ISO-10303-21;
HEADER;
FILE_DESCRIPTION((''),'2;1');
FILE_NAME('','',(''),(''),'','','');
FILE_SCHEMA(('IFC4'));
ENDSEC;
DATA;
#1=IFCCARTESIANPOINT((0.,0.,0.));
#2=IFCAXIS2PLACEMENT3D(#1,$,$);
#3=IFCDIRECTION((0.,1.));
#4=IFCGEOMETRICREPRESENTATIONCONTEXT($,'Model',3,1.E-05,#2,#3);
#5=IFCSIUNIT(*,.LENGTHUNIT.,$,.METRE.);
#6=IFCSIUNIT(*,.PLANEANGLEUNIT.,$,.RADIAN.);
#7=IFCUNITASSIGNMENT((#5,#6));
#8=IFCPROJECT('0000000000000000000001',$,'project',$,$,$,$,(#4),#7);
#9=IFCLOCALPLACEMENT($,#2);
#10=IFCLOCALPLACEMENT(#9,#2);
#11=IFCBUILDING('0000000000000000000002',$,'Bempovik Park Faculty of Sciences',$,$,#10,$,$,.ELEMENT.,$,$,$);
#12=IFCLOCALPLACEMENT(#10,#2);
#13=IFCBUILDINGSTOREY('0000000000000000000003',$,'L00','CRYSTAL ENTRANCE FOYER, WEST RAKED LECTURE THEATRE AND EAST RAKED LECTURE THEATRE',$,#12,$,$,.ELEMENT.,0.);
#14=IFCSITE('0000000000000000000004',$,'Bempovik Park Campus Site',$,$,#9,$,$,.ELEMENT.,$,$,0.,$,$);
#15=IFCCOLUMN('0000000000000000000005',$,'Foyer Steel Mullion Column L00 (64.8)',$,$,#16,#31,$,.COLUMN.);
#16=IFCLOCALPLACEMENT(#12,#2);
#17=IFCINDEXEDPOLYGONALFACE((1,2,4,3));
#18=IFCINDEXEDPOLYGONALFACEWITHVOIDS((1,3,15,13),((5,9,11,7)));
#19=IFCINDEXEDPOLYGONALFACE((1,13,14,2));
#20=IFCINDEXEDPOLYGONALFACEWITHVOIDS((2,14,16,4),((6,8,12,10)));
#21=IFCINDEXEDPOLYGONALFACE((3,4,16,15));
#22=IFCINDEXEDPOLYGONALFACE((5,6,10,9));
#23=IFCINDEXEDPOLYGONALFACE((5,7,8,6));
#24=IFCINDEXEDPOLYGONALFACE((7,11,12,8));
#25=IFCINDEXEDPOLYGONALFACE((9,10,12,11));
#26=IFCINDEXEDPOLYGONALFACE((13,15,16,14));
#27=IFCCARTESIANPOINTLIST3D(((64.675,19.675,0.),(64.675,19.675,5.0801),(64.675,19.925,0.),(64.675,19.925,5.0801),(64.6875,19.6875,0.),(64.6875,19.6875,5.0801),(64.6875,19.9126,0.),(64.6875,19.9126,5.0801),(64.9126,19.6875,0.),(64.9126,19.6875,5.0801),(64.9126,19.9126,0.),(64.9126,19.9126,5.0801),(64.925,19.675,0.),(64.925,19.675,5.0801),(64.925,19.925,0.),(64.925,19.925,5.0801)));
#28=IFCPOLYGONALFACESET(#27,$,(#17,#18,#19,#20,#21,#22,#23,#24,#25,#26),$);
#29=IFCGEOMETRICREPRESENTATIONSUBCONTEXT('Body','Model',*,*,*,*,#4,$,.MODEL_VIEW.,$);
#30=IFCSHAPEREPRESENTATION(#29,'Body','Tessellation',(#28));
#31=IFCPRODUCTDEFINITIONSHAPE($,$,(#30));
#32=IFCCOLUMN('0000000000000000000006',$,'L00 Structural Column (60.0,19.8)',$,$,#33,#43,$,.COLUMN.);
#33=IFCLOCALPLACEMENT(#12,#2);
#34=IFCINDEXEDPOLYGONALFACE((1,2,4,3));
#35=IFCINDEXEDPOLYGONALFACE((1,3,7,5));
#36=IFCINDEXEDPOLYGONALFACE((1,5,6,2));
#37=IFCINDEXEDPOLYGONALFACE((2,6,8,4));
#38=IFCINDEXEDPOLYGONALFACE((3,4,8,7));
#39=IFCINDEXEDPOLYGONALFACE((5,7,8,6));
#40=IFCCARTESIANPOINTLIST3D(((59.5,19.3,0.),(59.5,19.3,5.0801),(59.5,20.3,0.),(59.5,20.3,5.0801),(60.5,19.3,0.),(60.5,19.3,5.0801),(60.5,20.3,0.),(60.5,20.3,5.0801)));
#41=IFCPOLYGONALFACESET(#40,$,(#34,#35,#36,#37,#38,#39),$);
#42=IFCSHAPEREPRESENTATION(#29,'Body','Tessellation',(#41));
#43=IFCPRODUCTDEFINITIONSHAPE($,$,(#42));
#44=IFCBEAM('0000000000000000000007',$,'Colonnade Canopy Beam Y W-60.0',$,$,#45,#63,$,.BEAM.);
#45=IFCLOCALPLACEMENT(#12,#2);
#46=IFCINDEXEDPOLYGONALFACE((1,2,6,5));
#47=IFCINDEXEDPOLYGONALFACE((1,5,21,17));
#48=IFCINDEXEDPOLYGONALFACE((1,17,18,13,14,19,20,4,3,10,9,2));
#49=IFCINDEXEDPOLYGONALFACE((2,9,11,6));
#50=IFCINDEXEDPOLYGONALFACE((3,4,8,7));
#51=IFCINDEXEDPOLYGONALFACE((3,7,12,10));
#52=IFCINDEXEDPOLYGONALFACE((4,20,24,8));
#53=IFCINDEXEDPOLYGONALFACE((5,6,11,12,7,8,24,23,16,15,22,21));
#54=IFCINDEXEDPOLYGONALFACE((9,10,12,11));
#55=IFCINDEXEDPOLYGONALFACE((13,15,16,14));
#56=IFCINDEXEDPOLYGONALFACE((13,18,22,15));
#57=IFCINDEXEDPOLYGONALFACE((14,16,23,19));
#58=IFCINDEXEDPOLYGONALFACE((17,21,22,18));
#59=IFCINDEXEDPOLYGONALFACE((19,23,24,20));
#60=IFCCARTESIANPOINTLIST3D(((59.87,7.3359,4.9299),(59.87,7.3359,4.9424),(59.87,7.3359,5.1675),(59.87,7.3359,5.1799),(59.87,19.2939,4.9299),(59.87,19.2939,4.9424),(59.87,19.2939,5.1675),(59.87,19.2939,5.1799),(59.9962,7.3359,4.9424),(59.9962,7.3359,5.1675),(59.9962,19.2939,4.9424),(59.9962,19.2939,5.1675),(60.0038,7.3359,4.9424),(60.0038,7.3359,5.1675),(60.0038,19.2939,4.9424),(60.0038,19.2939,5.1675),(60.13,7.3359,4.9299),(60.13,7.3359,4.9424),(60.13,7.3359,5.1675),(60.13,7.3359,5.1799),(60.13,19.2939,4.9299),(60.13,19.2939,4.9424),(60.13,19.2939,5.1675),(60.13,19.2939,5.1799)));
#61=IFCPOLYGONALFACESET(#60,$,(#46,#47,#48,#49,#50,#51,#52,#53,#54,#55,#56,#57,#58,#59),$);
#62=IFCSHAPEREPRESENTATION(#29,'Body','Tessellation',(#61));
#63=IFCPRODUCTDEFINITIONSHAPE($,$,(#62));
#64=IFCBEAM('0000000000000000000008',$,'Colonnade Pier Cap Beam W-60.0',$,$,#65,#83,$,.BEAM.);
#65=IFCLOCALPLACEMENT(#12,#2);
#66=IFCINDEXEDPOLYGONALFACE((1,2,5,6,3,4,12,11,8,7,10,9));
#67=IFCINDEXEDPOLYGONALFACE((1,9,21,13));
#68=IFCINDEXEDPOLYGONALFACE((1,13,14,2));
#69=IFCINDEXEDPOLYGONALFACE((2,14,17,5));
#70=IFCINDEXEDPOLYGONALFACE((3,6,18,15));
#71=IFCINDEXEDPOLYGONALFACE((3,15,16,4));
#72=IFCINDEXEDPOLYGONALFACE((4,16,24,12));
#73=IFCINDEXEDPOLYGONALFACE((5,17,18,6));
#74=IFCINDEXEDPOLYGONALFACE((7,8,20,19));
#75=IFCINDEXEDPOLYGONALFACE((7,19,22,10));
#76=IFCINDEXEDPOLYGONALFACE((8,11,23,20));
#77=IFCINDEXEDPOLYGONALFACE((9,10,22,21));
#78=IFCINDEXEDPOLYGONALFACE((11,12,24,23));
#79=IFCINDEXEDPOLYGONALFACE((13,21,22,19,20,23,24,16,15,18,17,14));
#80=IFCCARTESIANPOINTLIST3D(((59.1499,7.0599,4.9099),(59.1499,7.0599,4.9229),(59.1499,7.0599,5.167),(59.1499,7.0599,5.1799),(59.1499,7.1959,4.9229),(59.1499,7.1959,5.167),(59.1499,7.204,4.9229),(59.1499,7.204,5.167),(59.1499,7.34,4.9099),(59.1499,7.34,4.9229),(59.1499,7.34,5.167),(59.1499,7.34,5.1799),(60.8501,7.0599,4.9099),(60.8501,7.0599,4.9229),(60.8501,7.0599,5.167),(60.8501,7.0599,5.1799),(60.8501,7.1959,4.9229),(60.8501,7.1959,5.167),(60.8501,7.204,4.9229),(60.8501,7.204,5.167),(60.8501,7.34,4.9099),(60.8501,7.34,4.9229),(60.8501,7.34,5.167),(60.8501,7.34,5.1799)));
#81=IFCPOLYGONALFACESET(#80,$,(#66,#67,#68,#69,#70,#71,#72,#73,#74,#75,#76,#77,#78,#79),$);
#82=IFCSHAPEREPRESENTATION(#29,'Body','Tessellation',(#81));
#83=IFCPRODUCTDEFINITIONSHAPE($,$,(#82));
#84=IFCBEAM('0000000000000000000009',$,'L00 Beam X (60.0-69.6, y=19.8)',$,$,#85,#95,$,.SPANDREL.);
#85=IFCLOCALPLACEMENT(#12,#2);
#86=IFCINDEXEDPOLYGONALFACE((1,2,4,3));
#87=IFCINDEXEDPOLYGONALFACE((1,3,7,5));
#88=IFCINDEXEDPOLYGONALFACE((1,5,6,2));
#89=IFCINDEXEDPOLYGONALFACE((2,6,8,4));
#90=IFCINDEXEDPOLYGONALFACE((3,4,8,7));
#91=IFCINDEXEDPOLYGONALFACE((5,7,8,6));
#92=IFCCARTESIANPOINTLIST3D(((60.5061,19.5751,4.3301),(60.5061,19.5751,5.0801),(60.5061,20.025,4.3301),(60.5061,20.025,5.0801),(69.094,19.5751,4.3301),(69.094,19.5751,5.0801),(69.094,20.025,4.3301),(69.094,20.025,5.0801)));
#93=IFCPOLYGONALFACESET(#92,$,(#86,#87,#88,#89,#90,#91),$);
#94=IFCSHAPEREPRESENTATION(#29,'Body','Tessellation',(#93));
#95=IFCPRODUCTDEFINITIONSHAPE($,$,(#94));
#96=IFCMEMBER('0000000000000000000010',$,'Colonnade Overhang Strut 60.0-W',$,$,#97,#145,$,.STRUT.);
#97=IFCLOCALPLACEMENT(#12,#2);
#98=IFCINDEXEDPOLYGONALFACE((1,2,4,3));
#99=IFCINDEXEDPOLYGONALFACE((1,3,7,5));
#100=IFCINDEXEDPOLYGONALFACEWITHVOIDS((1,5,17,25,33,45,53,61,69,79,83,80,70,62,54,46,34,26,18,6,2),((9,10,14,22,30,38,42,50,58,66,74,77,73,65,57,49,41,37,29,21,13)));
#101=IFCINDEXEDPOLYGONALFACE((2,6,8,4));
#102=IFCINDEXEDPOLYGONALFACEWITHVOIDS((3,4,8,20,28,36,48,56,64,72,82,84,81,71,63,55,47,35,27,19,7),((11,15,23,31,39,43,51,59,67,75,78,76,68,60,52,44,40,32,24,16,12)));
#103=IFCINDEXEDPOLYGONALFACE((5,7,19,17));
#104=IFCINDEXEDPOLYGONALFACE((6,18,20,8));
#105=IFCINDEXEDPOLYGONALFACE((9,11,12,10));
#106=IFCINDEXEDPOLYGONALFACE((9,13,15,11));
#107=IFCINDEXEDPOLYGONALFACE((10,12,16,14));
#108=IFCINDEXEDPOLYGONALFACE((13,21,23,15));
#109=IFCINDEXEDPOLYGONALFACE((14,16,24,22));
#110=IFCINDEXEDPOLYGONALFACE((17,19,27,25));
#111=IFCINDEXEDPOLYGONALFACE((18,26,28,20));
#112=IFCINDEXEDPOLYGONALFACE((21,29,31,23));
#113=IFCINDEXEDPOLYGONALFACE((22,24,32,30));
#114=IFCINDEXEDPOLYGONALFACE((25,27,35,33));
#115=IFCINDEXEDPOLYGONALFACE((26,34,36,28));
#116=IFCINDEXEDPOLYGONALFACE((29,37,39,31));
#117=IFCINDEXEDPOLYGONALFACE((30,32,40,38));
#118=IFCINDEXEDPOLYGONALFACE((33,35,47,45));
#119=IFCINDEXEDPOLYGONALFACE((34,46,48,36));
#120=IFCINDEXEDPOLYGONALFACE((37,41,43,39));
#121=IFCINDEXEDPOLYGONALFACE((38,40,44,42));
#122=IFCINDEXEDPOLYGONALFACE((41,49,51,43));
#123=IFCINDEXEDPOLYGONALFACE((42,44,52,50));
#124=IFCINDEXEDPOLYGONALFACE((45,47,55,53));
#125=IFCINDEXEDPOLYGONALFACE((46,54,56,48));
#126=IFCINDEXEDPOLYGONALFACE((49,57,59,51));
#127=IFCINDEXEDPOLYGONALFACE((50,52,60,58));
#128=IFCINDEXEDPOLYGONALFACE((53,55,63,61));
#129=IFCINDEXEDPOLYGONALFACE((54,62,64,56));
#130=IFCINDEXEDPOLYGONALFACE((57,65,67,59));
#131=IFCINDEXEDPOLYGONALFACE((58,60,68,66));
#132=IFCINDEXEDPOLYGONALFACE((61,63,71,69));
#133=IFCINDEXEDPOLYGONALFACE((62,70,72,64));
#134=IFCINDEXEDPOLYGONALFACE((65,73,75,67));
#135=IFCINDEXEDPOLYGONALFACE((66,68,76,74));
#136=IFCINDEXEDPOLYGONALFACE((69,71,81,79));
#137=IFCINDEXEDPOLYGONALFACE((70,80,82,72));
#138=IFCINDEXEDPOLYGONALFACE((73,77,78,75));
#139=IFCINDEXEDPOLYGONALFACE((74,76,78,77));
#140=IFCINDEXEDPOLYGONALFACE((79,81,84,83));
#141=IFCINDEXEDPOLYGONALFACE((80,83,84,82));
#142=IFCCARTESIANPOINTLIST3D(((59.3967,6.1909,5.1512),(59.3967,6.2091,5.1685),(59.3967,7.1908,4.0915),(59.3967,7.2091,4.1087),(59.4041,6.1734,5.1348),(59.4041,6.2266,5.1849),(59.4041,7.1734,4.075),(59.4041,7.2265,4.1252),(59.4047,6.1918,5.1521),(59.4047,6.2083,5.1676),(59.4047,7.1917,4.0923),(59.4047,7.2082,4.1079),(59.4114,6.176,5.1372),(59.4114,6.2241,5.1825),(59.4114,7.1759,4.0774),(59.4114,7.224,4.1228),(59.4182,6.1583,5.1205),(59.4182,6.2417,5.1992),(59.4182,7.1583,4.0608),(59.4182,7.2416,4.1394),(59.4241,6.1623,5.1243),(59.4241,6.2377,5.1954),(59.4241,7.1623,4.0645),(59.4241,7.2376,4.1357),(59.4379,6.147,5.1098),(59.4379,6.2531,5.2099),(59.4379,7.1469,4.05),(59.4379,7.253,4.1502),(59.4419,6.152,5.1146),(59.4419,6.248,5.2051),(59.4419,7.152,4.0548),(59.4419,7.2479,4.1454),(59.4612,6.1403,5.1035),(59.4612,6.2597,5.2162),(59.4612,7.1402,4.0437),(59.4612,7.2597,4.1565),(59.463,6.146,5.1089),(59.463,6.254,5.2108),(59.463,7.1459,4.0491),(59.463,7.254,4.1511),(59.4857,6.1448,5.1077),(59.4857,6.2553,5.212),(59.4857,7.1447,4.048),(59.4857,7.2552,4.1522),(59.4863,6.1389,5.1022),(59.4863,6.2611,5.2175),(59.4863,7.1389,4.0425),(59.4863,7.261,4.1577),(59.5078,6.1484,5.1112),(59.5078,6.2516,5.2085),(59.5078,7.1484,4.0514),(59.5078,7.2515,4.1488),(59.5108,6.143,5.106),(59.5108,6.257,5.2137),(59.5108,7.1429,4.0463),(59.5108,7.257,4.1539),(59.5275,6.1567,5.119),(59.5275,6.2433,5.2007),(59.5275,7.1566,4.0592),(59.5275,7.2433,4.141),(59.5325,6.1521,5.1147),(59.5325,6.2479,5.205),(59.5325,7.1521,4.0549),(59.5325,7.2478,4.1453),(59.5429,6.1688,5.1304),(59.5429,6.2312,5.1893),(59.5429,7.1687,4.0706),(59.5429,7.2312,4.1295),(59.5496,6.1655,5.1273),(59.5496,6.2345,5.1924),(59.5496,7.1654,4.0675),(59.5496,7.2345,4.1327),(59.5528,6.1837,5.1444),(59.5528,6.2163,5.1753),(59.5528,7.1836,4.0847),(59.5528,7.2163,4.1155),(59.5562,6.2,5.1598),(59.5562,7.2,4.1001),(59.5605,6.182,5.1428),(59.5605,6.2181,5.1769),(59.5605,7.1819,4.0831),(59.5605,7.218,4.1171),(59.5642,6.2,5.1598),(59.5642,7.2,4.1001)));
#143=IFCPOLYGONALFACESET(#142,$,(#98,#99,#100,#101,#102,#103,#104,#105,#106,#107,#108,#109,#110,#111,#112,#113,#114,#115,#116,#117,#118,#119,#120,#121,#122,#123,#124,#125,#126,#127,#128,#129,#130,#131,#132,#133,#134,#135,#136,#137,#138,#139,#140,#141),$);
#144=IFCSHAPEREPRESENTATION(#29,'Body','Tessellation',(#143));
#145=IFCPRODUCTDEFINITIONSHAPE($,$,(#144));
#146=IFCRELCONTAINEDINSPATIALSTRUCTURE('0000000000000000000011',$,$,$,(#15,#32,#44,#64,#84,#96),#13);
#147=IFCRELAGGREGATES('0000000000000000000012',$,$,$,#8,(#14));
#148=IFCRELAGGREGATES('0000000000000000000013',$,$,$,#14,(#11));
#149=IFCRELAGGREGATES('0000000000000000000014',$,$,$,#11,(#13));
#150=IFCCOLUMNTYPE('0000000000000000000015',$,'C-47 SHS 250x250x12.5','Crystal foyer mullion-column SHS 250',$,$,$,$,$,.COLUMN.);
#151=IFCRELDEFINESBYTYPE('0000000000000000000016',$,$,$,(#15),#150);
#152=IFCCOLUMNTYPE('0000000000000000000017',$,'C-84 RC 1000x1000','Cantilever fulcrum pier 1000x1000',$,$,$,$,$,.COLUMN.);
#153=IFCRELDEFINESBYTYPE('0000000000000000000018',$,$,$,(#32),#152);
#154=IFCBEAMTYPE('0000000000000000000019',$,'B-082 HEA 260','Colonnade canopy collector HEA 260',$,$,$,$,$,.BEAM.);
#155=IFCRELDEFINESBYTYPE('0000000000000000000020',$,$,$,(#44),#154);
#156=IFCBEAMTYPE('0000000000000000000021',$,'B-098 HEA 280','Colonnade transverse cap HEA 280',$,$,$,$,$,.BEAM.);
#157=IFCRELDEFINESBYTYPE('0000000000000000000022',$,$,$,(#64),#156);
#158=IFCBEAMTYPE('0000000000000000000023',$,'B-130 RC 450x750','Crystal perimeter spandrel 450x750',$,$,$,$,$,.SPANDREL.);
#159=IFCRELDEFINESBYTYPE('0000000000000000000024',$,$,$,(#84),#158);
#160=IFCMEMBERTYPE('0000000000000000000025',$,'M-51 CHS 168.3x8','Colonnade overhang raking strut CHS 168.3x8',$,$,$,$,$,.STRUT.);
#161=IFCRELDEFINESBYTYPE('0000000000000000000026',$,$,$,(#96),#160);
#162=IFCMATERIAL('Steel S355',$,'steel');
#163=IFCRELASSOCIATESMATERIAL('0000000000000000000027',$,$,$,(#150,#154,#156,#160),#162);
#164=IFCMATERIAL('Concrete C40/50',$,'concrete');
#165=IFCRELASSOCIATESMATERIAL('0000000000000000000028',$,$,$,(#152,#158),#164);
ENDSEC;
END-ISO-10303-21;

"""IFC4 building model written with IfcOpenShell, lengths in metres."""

from ifc_helpers import new_model, si_unit, direction, frame, origin, origin_2d, place, context, subcontext, project, spatial, rectangle, hollow_rectangle, hollow_circle, i_section, extrude, material, material_profile, profile_set, type_object, element, save


model = new_model("IFC4")

# Units and contexts
model_context = context("Model", 3, precision=1e-05, world=origin(), true_north=direction((0.0, 1.0)))
body_context = subcontext(model_context, "Body", "Model", "MODEL_VIEW")
ifc_project = project(units=[si_unit("LENGTHUNIT", "METRE"), si_unit("PLANEANGLEUNIT", "RADIAN")], contexts=[model_context])

# Site, building, storey
site_placement = place(None, origin())
site = spatial("IfcSite", under=ifc_project, at=site_placement, Name="Bempovik Park Campus Site", CompositionType="ELEMENT", RefElevation=0.0)
building_placement = place(site_placement, origin())
building = spatial("IfcBuilding", under=site, at=building_placement, Name="Bempovik Park Faculty of Sciences", CompositionType="ELEMENT")
storey_placement = place(building_placement, origin())
storey = spatial("IfcBuildingStorey", under=building, at=storey_placement, Name="L00", Description="CRYSTAL ENTRANCE FOYER, WEST RAKED LECTURE THEATRE AND EAST RAKED LECTURE THEATRE", CompositionType="ELEMENT", Elevation=0.0)

# Columns
ifc_material_1 = material(Name="Steel S355", Category="steel")
ifc_material_profile_1 = material_profile(ifc_material_1, hollow_rectangle(XDim=0.25, YDim=0.25, WallThickness=0.0125, at=origin_2d()), Name="SHS 250x250x12.5")
ifc_profile_set_1 = profile_set([ifc_material_profile_1], Name="Steel S355")
column_type_1 = type_object("IfcColumnType", Name="C-47 SHS 250x250x12.5", Description="Crystal foyer mullion-column SHS 250", PredefinedType="COLUMN", material=ifc_profile_set_1)
column_1_placement = place(storey_placement, frame((64.8, 19.8, 0.0), z_axis=(0.0, 0.0, 1.0), x_axis=(1.0, 0.0, 0.0)))
element("IfcColumn", 1, at=column_1_placement, inside=storey, type_object=column_type_1, Name="Foyer Steel Mullion Column L00 (64.8)", PredefinedType="COLUMN", context=body_context, shape_type="SweptSolid", body=[
    extrude(hollow_rectangle(XDim=0.25, YDim=0.25, WallThickness=0.0125, at=origin_2d()), origin(), (0.0, 0.0, 1.0), 5.0801),
])
ifc_material_2 = material(Name="Concrete C40/50", Category="concrete")
ifc_material_profile_2 = material_profile(ifc_material_2, rectangle(XDim=1.0, YDim=1.0, at=origin_2d()), Name="RC 1000x1000")
ifc_profile_set_2 = profile_set([ifc_material_profile_2], Name="Concrete C40/50")
column_type_2 = type_object("IfcColumnType", Name="C-84 RC 1000x1000", Description="Cantilever fulcrum pier 1000x1000", PredefinedType="COLUMN", material=ifc_profile_set_2)
column_2_placement = place(storey_placement, frame((60.0, 19.8, 0.0), z_axis=(0.0, 0.0, 1.0), x_axis=(1.0, 0.0, 0.0)))
element("IfcColumn", 2, at=column_2_placement, inside=storey, type_object=column_type_2, Name="L00 Structural Column (60.0,19.8)", PredefinedType="COLUMN", context=body_context, shape_type="SweptSolid", body=[
    extrude(rectangle(XDim=1.0, YDim=1.0, at=origin_2d()), origin(), (0.0, 0.0, 1.0), 5.0801),
])

# Beams
ifc_material_profile_3 = material_profile(ifc_material_1, i_section(OverallWidth=0.26, OverallDepth=0.25, WebThickness=0.0076, FlangeThickness=0.0125, at=origin_2d()), Name="HEA 260")
ifc_profile_set_3 = profile_set([ifc_material_profile_3], Name="Steel S355")
beam_type_1 = type_object("IfcBeamType", Name="B-082 HEA 260", Description="Colonnade canopy collector HEA 260", PredefinedType="BEAM", material=ifc_profile_set_3)
beam_1_placement = place(storey_placement, frame((60.0, 7.3359, 5.0549), z_axis=(0.0, 1.0, 0.0), x_axis=(-1.0, 0.0, 0.0)))
element("IfcBeam", 3, at=beam_1_placement, inside=storey, type_object=beam_type_1, Name="Colonnade Canopy Beam Y W-60.0", PredefinedType="BEAM", context=body_context, shape_type="SweptSolid", body=[
    extrude(i_section(OverallWidth=0.26, OverallDepth=0.25, WebThickness=0.0076, FlangeThickness=0.0125, at=origin_2d()), origin(), (0.0, 0.0, 1.0), 11.958),
])
ifc_material_profile_4 = material_profile(ifc_material_1, i_section(OverallWidth=0.28, OverallDepth=0.27, WebThickness=0.0081, FlangeThickness=0.0129, at=origin_2d()), Name="HEA 280")
ifc_profile_set_4 = profile_set([ifc_material_profile_4], Name="Steel S355")
beam_type_2 = type_object("IfcBeamType", Name="B-098 HEA 280", Description="Colonnade transverse cap HEA 280", PredefinedType="BEAM", material=ifc_profile_set_4)
beam_2_placement = place(storey_placement, frame((59.1499, 7.2, 5.0449), z_axis=(1.0, 0.0, 0.0), x_axis=(0.0, 1.0, 0.0)))
element("IfcBeam", 4, at=beam_2_placement, inside=storey, type_object=beam_type_2, Name="Colonnade Pier Cap Beam W-60.0", PredefinedType="BEAM", context=body_context, shape_type="SweptSolid", body=[
    extrude(i_section(OverallWidth=0.28, OverallDepth=0.27, WebThickness=0.0081, FlangeThickness=0.0129, at=origin_2d()), origin(), (0.0, 0.0, 1.0), 1.7002),
])
ifc_material_profile_5 = material_profile(ifc_material_2, rectangle(XDim=0.45, YDim=0.75, at=origin_2d()), Name="RC 450x750")
ifc_profile_set_5 = profile_set([ifc_material_profile_5], Name="Concrete C40/50")
beam_type_3 = type_object("IfcBeamType", Name="B-130 RC 450x750", Description="Crystal perimeter spandrel 450x750", PredefinedType="SPANDREL", material=ifc_profile_set_5)
beam_3_placement = place(storey_placement, frame((60.5061, 19.8, 4.7051), z_axis=(1.0, 0.0, 0.0), x_axis=(0.0, 1.0, 0.0)))
element("IfcBeam", 5, at=beam_3_placement, inside=storey, type_object=beam_type_3, Name="L00 Beam X (60.0-69.6, y=19.8)", PredefinedType="SPANDREL", context=body_context, shape_type="SweptSolid", body=[
    extrude(rectangle(XDim=0.45, YDim=0.75, at=origin_2d()), origin(), (0.0, 0.0, 1.0), 8.5879),
])

# Member
ifc_material_profile_6 = material_profile(ifc_material_1, hollow_circle(Radius=0.0842, WallThickness=0.0081, at=origin_2d()), Name="CHS 168.3x8")
ifc_profile_set_6 = profile_set([ifc_material_profile_6], Name="Steel S355")
member_type_1 = type_object("IfcMemberType", Name="M-51 CHS 168.3x8", Description="Colonnade overhang raking strut CHS 168.3x8", PredefinedType="STRUT", material=ifc_profile_set_6)
for number, where, z_axis, x_axis, name in (
    (6, (59.48, 7.2, 4.1001), (0.0, -0.686284, 0.727334), (1.0, 0.0, 0.0), "Colonnade Overhang Strut 60.0-W"),
):
    element("IfcMember", number, at=place(storey_placement, frame(where, z_axis=z_axis, x_axis=x_axis)), inside=storey, type_object=member_type_1, Name=name, PredefinedType="STRUT", context=body_context, shape_type="SweptSolid", body=[
        extrude(hollow_circle(Radius=0.0842, WallThickness=0.0081, at=origin_2d()), origin(), (0.0, 0.0, 1.0), 1.457),
    ])

save(model, "model.ifc")
